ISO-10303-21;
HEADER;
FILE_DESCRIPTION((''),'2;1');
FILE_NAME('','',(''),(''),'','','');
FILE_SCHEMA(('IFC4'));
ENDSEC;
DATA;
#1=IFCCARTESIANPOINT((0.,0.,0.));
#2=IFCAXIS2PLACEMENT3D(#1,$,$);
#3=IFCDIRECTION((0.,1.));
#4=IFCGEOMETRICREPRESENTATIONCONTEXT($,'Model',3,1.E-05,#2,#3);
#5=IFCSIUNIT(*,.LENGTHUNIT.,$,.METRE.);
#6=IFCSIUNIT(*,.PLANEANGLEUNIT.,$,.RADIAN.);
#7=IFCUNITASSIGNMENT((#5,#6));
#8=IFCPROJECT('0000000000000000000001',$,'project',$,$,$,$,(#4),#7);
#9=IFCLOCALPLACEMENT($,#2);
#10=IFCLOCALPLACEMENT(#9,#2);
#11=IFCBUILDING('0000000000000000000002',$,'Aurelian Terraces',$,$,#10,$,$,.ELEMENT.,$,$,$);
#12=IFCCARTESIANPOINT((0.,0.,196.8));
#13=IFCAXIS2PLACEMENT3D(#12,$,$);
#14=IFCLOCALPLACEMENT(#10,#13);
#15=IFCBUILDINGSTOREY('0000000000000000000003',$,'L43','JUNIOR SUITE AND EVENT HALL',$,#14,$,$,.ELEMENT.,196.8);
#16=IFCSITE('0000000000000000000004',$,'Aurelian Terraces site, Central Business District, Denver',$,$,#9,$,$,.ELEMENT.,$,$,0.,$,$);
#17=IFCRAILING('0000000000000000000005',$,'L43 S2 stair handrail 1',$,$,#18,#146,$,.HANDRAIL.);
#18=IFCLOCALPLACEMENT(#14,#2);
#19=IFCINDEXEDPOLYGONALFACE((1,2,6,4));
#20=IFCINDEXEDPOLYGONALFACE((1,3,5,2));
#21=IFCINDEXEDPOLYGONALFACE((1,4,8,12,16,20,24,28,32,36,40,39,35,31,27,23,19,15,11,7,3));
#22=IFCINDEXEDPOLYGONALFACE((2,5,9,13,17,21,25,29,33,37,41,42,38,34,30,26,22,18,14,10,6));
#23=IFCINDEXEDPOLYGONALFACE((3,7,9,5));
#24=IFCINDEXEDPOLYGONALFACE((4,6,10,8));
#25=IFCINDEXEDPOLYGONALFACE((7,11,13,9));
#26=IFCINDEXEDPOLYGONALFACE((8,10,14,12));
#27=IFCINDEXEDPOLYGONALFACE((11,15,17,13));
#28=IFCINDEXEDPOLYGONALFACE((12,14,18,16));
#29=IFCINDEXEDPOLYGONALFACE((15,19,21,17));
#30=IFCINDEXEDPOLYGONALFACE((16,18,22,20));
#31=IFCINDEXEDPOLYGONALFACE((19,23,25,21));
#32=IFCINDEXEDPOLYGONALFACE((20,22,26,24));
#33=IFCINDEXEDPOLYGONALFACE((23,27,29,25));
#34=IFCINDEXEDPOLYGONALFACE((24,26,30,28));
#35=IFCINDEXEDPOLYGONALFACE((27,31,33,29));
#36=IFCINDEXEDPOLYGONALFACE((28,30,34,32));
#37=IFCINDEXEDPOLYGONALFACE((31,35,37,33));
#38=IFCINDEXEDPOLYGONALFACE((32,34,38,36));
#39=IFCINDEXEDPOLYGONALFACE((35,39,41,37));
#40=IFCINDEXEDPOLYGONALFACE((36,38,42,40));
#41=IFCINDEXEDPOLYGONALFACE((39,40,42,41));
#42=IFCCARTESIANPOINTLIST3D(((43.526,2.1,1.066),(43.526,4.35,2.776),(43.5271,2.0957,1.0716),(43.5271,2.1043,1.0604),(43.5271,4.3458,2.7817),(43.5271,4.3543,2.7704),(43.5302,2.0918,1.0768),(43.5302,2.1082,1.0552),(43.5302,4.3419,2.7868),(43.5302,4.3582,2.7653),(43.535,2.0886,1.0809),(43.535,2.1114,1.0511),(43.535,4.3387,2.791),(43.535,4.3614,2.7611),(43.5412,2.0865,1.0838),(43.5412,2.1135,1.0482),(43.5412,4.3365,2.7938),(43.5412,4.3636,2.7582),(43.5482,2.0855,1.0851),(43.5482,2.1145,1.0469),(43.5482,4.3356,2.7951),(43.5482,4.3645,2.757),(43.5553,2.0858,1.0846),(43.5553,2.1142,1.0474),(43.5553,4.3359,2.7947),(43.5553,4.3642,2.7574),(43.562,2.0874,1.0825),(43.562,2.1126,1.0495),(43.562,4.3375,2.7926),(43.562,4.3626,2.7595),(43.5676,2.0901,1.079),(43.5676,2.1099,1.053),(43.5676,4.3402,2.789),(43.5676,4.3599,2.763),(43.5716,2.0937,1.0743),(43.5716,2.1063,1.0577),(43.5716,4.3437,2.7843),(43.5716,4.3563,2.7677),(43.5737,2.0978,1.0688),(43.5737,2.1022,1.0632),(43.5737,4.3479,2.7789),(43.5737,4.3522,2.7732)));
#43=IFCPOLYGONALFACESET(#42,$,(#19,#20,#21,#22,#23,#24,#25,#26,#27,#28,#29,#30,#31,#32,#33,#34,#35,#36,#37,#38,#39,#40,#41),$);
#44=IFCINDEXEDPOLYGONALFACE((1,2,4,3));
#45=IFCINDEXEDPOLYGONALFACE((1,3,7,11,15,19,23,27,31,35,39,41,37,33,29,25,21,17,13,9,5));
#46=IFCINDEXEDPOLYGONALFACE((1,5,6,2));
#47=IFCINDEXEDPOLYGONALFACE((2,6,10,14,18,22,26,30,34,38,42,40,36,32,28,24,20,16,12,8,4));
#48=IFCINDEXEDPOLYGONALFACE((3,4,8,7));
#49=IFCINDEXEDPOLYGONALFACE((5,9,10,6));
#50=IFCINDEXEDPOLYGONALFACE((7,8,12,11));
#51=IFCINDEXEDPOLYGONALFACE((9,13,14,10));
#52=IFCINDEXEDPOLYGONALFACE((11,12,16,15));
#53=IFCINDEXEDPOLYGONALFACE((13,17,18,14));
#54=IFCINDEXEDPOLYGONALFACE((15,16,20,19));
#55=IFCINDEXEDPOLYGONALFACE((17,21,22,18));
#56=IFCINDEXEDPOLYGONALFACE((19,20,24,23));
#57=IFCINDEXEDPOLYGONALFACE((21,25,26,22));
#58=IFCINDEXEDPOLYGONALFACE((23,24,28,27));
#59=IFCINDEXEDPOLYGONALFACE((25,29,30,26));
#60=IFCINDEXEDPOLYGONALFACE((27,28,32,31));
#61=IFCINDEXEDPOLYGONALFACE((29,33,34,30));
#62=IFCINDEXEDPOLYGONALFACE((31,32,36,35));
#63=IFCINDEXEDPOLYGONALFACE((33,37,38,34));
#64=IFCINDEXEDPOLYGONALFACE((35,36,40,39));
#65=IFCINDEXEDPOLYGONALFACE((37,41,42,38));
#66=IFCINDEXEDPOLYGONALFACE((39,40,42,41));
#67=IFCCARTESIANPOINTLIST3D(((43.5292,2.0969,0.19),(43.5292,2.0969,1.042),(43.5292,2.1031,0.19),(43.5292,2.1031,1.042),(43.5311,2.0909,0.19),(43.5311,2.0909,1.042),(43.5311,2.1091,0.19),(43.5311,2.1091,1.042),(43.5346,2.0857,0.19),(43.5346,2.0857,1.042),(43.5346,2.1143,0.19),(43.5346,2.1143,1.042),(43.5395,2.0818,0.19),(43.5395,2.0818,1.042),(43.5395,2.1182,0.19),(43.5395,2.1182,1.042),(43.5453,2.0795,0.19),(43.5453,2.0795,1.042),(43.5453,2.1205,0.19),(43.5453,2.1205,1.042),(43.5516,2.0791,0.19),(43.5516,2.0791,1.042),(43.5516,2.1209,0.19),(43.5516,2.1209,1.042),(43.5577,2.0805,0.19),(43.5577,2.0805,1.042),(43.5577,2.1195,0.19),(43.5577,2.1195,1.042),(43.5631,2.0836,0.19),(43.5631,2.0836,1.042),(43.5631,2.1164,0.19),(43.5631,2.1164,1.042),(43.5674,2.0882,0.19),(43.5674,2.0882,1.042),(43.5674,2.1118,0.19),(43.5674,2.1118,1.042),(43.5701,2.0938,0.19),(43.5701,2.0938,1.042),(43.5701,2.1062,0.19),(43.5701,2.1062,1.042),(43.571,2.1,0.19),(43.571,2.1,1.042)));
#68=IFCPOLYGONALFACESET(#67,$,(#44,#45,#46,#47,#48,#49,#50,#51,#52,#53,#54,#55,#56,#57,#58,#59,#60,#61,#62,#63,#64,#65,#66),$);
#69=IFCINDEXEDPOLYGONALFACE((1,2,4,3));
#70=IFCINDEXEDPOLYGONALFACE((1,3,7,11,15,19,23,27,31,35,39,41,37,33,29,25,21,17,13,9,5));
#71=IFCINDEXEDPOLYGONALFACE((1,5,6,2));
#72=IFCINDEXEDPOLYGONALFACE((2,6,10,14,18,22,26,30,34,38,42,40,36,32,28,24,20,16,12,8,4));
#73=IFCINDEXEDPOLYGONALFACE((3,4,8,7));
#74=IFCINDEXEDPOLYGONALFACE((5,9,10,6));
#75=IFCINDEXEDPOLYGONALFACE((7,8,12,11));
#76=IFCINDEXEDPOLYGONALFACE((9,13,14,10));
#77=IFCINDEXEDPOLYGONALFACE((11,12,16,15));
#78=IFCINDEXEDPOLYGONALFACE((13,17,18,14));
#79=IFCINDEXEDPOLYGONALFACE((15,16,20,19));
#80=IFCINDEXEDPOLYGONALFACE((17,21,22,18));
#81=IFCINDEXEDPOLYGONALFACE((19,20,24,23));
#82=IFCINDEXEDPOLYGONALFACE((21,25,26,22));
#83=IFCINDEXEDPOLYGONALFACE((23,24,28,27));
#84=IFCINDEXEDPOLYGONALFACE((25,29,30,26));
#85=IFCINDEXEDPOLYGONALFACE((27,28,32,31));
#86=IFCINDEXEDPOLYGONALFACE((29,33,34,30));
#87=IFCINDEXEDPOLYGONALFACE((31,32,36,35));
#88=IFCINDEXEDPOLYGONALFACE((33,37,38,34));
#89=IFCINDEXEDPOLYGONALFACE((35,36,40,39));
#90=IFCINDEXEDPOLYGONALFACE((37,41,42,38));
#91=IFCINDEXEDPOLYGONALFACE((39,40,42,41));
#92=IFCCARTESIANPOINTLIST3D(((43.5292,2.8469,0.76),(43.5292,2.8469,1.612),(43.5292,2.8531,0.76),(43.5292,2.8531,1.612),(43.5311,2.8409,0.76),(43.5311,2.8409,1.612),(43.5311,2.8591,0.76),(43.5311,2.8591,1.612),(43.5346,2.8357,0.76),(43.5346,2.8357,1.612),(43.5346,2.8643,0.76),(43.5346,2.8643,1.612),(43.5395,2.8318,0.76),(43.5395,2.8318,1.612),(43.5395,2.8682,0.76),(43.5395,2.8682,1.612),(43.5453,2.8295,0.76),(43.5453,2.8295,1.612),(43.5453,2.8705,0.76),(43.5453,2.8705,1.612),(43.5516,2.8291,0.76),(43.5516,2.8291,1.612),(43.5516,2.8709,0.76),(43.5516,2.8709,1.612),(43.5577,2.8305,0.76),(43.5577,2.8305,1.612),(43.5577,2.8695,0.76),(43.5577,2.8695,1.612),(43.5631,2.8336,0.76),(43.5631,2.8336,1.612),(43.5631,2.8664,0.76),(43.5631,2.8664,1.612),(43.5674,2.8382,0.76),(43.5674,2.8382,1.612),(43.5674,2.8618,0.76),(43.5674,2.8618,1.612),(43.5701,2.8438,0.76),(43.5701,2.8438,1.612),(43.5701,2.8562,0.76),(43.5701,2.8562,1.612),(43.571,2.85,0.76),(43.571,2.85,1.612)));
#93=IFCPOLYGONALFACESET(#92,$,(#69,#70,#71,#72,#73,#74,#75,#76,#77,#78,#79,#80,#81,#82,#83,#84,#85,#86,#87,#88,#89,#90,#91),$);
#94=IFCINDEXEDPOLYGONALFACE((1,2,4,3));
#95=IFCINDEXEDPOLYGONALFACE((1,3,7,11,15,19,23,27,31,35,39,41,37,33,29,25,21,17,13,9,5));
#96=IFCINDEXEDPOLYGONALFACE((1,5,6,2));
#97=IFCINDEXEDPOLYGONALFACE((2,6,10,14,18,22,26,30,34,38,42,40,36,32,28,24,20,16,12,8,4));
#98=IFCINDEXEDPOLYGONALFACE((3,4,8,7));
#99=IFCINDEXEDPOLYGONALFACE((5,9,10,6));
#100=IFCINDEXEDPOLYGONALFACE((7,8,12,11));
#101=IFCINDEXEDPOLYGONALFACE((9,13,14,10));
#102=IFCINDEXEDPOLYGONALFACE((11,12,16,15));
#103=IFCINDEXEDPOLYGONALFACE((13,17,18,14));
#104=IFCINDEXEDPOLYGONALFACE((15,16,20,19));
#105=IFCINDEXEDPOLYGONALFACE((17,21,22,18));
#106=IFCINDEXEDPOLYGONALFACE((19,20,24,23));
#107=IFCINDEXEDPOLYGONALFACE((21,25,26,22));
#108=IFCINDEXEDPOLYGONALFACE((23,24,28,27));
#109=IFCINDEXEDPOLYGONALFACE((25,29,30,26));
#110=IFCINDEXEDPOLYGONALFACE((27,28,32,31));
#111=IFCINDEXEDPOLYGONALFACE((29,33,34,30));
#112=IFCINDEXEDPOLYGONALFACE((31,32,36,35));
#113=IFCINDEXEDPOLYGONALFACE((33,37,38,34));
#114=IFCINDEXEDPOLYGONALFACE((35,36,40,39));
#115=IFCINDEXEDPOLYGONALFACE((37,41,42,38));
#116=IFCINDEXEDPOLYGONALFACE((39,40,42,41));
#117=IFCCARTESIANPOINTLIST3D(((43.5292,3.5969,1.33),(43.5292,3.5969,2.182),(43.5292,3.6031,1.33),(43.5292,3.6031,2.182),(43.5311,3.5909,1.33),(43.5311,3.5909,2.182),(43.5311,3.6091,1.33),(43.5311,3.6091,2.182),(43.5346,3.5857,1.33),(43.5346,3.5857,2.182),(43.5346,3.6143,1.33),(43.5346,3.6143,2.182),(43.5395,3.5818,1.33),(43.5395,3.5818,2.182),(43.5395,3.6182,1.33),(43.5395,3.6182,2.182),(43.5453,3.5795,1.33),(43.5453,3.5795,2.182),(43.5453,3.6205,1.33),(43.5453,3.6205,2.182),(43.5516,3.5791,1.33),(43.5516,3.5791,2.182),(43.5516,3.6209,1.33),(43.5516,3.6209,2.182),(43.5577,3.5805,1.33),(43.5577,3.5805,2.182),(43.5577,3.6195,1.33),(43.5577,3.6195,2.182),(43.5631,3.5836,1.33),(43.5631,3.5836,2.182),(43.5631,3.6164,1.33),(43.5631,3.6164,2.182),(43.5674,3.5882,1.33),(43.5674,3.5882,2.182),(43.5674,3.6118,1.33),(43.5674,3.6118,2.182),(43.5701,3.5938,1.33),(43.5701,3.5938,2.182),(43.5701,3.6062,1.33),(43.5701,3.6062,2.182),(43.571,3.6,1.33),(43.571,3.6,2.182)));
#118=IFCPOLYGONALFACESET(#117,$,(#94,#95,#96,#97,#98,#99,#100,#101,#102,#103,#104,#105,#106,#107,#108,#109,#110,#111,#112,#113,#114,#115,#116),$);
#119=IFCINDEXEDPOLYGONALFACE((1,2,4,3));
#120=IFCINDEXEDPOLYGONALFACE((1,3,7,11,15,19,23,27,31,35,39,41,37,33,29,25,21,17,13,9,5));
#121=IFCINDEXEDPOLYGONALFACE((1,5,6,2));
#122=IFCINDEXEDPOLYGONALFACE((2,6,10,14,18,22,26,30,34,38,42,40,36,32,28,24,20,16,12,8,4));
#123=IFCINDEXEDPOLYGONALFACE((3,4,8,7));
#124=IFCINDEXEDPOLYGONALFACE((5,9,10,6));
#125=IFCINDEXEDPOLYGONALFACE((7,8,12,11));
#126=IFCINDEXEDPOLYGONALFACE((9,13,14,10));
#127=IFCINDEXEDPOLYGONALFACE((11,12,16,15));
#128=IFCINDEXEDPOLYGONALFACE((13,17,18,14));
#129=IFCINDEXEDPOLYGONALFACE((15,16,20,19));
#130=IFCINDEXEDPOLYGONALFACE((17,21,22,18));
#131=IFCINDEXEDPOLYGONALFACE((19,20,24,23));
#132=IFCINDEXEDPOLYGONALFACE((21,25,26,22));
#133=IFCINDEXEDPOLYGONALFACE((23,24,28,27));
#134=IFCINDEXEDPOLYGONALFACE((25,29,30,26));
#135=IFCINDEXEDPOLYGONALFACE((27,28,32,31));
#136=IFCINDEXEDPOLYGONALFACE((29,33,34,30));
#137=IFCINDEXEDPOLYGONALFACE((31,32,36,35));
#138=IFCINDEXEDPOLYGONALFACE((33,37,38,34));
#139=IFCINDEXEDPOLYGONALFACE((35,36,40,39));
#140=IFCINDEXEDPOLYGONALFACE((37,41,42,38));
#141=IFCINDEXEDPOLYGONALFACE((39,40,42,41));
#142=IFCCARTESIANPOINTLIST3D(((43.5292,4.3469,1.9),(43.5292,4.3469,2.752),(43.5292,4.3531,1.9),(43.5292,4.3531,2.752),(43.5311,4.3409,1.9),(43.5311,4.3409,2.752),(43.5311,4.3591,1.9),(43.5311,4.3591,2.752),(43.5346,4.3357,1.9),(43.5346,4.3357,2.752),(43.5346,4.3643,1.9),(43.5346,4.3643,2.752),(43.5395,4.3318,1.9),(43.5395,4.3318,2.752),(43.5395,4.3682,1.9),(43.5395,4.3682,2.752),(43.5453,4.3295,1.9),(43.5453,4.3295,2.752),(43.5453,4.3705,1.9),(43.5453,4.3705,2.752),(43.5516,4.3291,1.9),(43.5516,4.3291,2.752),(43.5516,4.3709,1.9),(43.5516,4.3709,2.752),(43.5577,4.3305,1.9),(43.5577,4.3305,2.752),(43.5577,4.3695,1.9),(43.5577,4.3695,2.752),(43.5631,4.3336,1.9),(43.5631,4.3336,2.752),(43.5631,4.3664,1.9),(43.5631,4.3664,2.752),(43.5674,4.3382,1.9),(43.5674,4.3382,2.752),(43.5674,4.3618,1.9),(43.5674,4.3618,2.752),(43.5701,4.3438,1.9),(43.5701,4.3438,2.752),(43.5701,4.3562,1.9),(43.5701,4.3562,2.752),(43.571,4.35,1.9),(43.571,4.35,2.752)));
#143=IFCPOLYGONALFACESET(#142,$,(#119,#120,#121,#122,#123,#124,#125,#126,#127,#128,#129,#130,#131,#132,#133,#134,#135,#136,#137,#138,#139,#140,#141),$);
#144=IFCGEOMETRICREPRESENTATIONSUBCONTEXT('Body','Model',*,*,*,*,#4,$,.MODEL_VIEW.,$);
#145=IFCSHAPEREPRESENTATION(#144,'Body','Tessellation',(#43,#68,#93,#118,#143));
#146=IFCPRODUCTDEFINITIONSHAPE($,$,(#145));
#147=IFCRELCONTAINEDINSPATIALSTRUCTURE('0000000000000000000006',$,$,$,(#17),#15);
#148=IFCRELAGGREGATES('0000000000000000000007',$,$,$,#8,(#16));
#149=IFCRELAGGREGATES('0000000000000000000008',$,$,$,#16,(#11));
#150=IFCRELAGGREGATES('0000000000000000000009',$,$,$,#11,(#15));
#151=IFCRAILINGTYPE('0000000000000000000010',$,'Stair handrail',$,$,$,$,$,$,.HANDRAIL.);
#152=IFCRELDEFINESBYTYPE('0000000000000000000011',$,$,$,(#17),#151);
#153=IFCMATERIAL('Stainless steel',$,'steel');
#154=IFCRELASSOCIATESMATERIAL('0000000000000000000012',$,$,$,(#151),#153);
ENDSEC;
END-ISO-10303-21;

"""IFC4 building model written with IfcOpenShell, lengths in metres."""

from ifc_helpers import new_model, si_unit, direction, frame, origin, origin_2d, place, context, subcontext, project, spatial, circle, extrude, source, transform, mapped, material, type_object, element, save


model = new_model("IFC4")

# Units and contexts
model_context = context("Model", 3, precision=1e-05, world=origin(), true_north=direction((0.0, 1.0)))
body_context = subcontext(model_context, "Body", "Model", "MODEL_VIEW")
ifc_project = project(units=[si_unit("LENGTHUNIT", "METRE"), si_unit("PLANEANGLEUNIT", "RADIAN")], contexts=[model_context])

# Site, building, storey
site_placement = place(None, origin())
site = spatial("IfcSite", under=ifc_project, at=site_placement, Name="Aurelian Terraces site, Central Business District, Denver", CompositionType="ELEMENT", RefElevation=0.0)
building_placement = place(site_placement, origin())
building = spatial("IfcBuilding", under=site, at=building_placement, Name="Aurelian Terraces", CompositionType="ELEMENT")
storey_placement = place(building_placement, frame((0.0, 0.0, 196.8)))
storey = spatial("IfcBuildingStorey", under=building, at=storey_placement, Name="L43", Description="JUNIOR SUITE AND EVENT HALL", CompositionType="ELEMENT", Elevation=196.8)

# Railing
ifc_material_1 = material(Name="Stainless steel", Category="steel")
railing_type_1 = type_object("IfcRailingType", Name="Stair handrail", PredefinedType="HANDRAIL", material=ifc_material_1)
shared_shape_1 = source(origin(), body_context, "Body", "SweptSolid", [
    extrude(circle(Radius=0.024, at=origin_2d()), frame((0.0, 0.0, 0.876), z_axis=(0.0, 0.796162, 0.605083), x_axis=(-1.0, 0.0, 0.0)), (0.0, 0.0, 1.0), 2.8261),
    extrude(circle(Radius=0.021, at=origin_2d()), origin(), (0.0, 0.0, 1.0), 0.852),
    extrude(circle(Radius=0.021, at=origin_2d()), frame((0.0, 0.75, 0.57)), (0.0, 0.0, 1.0), 0.852),
    extrude(circle(Radius=0.021, at=origin_2d()), frame((0.0, 1.5, 1.14)), (0.0, 0.0, 1.0), 0.852),
    extrude(circle(Radius=0.021, at=origin_2d()), frame((0.0, 2.25, 1.71)), (0.0, 0.0, 1.0), 0.852),
])
railing_1_placement = place(storey_placement, frame((43.55, 2.1, 0.19)))
element("IfcRailing", 1, at=railing_1_placement, inside=storey, type_object=railing_type_1, Name="L43 S2 stair handrail 1", PredefinedType="HANDRAIL", context=body_context, shape_type="MappedRepresentation", body=[
    mapped(shared_shape_1, transform((0.0, 0.0, 0.0), scale=1.0)),
])

save(model, "model.ifc")
